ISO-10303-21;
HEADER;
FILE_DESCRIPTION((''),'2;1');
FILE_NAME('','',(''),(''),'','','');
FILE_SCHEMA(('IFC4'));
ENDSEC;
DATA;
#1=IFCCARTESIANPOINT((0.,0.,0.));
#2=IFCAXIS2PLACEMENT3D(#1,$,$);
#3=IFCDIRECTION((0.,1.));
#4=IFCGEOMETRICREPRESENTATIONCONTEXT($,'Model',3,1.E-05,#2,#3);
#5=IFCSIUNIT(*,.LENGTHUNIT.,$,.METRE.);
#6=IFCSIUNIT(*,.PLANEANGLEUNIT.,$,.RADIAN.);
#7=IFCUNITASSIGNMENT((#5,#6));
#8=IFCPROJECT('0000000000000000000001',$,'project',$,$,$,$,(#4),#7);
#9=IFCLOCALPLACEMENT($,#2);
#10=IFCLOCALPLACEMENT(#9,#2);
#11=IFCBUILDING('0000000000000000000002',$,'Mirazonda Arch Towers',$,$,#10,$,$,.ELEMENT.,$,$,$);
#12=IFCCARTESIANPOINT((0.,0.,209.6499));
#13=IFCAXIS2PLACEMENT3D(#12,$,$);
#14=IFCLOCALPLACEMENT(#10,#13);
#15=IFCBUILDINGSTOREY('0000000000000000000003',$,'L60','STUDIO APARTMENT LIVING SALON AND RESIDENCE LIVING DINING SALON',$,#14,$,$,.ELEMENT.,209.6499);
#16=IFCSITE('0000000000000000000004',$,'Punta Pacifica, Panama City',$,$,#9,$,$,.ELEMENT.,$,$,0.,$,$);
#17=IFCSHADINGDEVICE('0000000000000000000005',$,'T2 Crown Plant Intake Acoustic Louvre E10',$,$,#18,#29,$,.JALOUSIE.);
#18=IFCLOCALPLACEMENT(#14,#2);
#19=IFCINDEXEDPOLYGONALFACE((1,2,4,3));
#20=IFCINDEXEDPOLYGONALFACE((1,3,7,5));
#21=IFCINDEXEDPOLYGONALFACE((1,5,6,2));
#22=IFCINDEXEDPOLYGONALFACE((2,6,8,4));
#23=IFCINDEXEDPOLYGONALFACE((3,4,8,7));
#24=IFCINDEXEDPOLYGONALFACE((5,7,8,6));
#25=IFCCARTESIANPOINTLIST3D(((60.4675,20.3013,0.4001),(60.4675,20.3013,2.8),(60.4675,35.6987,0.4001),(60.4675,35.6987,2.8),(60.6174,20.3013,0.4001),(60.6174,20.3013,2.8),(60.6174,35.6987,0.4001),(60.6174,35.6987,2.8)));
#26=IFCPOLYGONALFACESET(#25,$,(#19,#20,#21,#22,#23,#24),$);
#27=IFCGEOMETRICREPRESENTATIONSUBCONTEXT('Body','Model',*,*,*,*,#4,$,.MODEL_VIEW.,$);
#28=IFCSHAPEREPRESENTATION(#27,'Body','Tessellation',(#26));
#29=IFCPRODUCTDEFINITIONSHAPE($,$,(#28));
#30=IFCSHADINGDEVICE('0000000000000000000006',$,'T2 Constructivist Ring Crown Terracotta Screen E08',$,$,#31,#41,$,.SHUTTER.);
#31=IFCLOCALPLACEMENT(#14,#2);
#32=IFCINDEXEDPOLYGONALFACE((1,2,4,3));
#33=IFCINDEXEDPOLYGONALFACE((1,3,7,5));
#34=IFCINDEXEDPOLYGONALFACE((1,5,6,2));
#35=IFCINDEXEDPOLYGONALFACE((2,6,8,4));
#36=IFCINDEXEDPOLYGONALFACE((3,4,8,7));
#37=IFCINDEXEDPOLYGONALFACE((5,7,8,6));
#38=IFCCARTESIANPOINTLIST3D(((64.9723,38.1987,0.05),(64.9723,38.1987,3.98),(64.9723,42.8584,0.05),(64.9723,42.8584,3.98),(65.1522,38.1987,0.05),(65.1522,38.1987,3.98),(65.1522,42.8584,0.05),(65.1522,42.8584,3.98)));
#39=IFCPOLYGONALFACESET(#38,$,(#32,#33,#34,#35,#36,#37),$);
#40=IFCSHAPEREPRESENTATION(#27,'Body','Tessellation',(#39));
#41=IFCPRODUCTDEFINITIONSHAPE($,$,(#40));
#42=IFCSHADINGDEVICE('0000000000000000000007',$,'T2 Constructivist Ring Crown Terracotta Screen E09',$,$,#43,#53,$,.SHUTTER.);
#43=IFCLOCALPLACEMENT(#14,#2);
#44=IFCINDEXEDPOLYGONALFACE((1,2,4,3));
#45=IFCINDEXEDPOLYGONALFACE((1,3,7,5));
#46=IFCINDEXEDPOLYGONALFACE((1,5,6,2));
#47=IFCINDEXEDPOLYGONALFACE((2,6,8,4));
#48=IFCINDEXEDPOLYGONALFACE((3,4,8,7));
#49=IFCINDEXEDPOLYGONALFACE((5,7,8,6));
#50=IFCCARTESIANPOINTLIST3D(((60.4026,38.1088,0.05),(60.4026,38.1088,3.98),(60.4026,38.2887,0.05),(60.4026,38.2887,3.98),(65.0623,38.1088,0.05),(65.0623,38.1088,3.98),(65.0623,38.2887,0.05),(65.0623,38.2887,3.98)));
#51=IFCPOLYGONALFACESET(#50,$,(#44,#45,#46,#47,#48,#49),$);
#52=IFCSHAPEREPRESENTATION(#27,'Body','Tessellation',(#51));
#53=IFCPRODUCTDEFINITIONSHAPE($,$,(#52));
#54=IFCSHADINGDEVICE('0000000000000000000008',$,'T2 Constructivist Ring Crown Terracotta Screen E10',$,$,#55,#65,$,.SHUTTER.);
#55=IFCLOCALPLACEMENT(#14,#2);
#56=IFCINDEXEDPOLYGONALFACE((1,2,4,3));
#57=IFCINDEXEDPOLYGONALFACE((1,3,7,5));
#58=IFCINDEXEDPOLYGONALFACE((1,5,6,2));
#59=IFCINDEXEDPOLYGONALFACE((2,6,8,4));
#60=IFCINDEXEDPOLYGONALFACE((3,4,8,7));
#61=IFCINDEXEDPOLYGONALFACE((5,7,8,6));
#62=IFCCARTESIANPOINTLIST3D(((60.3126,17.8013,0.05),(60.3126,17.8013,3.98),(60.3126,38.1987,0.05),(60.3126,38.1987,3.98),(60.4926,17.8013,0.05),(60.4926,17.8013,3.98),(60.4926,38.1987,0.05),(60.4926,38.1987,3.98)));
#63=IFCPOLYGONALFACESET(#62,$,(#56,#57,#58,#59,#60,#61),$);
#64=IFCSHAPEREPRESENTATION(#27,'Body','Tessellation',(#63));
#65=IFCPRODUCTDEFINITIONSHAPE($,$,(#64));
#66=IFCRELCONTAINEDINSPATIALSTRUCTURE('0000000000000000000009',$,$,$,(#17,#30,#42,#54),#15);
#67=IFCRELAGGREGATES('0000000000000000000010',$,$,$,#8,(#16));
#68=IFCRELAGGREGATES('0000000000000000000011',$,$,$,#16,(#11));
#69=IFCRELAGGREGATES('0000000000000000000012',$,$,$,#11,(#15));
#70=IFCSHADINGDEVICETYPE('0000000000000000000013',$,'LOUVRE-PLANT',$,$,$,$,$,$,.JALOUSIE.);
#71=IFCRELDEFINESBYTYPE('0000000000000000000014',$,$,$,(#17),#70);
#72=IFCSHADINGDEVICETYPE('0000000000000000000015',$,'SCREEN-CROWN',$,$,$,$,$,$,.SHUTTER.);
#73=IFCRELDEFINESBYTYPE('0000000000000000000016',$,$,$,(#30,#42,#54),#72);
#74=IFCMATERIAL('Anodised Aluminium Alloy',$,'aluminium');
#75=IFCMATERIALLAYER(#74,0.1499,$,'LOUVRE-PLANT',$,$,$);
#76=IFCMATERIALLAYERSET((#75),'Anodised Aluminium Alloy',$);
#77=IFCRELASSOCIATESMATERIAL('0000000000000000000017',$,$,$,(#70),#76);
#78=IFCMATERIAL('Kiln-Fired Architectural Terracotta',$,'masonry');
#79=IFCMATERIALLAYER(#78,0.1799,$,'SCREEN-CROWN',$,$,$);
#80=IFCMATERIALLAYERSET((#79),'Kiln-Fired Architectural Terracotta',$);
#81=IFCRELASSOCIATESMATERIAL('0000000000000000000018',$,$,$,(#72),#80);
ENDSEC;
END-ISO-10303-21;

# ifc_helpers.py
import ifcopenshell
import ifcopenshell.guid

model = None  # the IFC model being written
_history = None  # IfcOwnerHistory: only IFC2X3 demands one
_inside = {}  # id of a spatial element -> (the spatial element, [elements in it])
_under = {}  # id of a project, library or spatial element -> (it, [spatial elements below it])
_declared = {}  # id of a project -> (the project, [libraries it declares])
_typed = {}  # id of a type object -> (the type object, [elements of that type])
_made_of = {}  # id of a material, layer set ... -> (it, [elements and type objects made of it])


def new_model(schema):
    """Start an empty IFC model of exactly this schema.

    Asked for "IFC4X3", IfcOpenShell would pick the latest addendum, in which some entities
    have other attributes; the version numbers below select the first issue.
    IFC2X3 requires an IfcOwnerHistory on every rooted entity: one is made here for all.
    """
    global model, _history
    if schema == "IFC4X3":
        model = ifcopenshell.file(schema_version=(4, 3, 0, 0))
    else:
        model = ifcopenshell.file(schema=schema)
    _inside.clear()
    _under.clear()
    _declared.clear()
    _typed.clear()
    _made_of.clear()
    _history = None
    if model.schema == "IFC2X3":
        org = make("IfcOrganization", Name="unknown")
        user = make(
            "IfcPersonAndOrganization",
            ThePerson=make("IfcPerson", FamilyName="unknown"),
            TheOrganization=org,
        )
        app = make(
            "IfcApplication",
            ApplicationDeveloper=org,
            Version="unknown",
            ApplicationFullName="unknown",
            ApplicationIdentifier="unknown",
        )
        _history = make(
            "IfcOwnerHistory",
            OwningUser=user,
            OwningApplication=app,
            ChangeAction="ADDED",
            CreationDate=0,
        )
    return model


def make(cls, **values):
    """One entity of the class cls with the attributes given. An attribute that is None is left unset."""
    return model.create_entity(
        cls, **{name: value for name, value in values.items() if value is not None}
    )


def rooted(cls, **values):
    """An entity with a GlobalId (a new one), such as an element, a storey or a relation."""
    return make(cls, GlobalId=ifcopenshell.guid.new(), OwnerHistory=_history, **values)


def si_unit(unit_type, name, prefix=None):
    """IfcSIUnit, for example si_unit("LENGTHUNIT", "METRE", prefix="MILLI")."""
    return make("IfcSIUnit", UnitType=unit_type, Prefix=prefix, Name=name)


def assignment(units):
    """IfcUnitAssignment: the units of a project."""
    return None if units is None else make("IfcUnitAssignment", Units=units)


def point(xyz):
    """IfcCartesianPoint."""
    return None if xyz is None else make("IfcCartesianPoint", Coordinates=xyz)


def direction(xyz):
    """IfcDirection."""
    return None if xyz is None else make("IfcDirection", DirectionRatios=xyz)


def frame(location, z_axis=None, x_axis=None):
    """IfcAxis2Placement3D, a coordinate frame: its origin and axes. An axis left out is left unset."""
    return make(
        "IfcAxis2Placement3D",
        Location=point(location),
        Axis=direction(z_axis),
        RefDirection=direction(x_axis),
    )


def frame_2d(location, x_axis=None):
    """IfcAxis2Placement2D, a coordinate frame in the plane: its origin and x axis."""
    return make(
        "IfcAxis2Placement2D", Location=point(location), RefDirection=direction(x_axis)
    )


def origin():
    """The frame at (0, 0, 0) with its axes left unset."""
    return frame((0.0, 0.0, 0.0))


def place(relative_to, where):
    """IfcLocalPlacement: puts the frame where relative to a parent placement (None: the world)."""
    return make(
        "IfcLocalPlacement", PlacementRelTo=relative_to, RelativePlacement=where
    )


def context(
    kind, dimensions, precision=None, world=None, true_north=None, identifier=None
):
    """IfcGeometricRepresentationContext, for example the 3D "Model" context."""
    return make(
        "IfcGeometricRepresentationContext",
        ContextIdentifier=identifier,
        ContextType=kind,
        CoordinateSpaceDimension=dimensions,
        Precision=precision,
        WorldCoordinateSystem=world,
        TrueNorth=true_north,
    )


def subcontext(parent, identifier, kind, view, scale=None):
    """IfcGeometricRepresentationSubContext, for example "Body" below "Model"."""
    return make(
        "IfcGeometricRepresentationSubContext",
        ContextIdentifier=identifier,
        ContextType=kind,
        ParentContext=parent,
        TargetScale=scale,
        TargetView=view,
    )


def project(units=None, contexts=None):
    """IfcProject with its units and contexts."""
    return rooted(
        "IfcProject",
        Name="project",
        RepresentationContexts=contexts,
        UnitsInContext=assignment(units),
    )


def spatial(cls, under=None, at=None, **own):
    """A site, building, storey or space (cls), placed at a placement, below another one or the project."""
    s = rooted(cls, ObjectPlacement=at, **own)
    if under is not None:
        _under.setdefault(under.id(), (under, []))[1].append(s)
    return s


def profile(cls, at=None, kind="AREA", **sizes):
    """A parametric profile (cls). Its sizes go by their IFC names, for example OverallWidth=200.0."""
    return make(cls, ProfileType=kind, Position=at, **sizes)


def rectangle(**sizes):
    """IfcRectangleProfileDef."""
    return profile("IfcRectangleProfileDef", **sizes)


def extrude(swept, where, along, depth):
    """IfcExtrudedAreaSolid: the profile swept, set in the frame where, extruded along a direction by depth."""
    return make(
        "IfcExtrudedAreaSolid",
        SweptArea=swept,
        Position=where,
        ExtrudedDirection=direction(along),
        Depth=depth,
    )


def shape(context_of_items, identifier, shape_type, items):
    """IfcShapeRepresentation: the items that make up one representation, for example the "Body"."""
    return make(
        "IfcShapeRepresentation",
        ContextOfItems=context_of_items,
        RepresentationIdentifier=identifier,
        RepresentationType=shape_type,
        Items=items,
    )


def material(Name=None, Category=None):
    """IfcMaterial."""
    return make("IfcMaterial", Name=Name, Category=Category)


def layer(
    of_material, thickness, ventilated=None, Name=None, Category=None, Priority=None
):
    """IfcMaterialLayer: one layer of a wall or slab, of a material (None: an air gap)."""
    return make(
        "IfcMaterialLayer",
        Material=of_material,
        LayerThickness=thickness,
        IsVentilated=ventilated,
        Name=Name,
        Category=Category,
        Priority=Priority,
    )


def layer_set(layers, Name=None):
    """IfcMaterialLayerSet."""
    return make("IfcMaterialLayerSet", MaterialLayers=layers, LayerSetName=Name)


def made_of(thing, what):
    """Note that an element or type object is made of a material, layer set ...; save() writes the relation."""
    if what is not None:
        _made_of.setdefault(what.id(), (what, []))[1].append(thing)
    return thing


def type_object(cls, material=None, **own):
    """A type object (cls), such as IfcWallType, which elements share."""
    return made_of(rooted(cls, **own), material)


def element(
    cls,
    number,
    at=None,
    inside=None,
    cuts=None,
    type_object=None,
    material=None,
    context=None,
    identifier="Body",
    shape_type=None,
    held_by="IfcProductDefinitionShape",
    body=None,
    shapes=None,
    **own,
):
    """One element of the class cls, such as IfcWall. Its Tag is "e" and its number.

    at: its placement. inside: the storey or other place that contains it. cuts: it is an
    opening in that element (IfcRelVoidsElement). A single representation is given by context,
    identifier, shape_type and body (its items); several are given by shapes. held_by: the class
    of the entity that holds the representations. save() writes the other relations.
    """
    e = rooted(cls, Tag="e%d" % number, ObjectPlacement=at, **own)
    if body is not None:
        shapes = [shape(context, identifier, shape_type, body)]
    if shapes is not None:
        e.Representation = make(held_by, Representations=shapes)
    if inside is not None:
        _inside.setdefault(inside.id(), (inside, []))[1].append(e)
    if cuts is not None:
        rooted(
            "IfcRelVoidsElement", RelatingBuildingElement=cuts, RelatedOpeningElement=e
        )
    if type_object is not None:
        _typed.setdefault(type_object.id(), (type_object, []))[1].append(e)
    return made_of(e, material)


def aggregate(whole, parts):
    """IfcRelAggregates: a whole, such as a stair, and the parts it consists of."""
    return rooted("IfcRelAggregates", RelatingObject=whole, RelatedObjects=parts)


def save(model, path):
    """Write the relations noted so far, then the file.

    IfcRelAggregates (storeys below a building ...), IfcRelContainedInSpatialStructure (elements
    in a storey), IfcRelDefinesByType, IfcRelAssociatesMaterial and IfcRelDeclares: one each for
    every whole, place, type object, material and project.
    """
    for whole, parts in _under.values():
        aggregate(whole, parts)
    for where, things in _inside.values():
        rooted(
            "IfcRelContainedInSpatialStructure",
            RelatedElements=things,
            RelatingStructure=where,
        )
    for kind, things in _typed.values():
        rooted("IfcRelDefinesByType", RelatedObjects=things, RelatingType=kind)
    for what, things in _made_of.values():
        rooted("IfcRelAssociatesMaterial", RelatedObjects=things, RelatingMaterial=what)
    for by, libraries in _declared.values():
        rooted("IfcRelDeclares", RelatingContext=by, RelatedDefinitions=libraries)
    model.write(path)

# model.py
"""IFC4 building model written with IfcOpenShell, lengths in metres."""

from ifc_helpers import new_model, si_unit, direction, frame, frame_2d, origin, place, context, subcontext, project, spatial, rectangle, extrude, material, layer, layer_set, type_object, element, save


model = new_model("IFC4")

# Units and contexts
model_context = context("Model", 3, precision=1e-05, world=origin(), true_north=direction((0.0, 1.0)))
body_context = subcontext(model_context, "Body", "Model", "MODEL_VIEW")
ifc_project = project(units=[si_unit("LENGTHUNIT", "METRE"), si_unit("PLANEANGLEUNIT", "RADIAN")], contexts=[model_context])

# Site, building, storey
site_placement = place(None, origin())
site = spatial("IfcSite", under=ifc_project, at=site_placement, Name="Punta Pacifica, Panama City", CompositionType="ELEMENT", RefElevation=0.0)
building_placement = place(site_placement, origin())
building = spatial("IfcBuilding", under=site, at=building_placement, Name="Mirazonda Arch Towers", CompositionType="ELEMENT")
storey_placement = place(building_placement, frame((0.0, 0.0, 209.6499)))
storey = spatial("IfcBuildingStorey", under=building, at=storey_placement, Name="L60", Description="STUDIO APARTMENT LIVING SALON AND RESIDENCE LIVING DINING SALON", CompositionType="ELEMENT", Elevation=209.6499)

# Shading devices
ifc_material_1 = material(Name="Anodised Aluminium Alloy", Category="aluminium")
ifc_layer_1 = layer(ifc_material_1, 0.1499, Name="LOUVRE-PLANT")
ifc_layer_set_1 = layer_set([ifc_layer_1], Name="Anodised Aluminium Alloy")
shading_device_type_1 = type_object("IfcShadingDeviceType", Name="LOUVRE-PLANT", PredefinedType="JALOUSIE", material=ifc_layer_set_1)
shading_device_1_placement = place(storey_placement, frame((60.5425, 35.6987, 0.4001), z_axis=(0.0, 0.0, 1.0), x_axis=(0.0, -1.0, 0.0)))
element("IfcShadingDevice", 1, at=shading_device_1_placement, inside=storey, type_object=shading_device_type_1, Name="T2 Crown Plant Intake Acoustic Louvre E10", PredefinedType="JALOUSIE", context=body_context, shape_type="SweptSolid", body=[
    extrude(rectangle(XDim=15.3975, YDim=0.1499, at=frame_2d((7.6987, 0.0))), origin(), (0.0, 0.0, 1.0), 2.3999),
])
ifc_material_2 = material(Name="Kiln-Fired Architectural Terracotta", Category="masonry")
ifc_layer_2 = layer(ifc_material_2, 0.1799, Name="SCREEN-CROWN")
ifc_layer_set_2 = layer_set([ifc_layer_2], Name="Kiln-Fired Architectural Terracotta")
shading_device_type_2 = type_object("IfcShadingDeviceType", Name="SCREEN-CROWN", PredefinedType="SHUTTER", material=ifc_layer_set_2)
for number, where, z_axis, x_axis, name in (
    (2, (65.0623, 42.8584, 0.05), (0.0, 0.0, 1.0), (0.0, -1.0, 0.0), "T2 Constructivist Ring Crown Terracotta Screen E08"),
    (3, (65.0623, 38.1987, 0.05), (0.0, 0.0, 1.0), (-1.0, 0.0, 0.0), "T2 Constructivist Ring Crown Terracotta Screen E09"),
):
    element("IfcShadingDevice", number, at=place(storey_placement, frame(where, z_axis=z_axis, x_axis=x_axis)), inside=storey, type_object=shading_device_type_2, Name=name, PredefinedType="SHUTTER", context=body_context, shape_type="SweptSolid", body=[
        extrude(rectangle(XDim=4.6597, YDim=0.1799, at=frame_2d((2.3298, 0.0))), origin(), (0.0, 0.0, 1.0), 3.9299),
    ])
shading_device_2_placement = place(storey_placement, frame((60.4026, 38.1987, 0.05), z_axis=(0.0, 0.0, 1.0), x_axis=(0.0, -1.0, 0.0)))
element("IfcShadingDevice", 4, at=shading_device_2_placement, inside=storey, type_object=shading_device_type_2, Name="T2 Constructivist Ring Crown Terracotta Screen E10", PredefinedType="SHUTTER", context=body_context, shape_type="SweptSolid", body=[
    extrude(rectangle(XDim=20.3975, YDim=0.1799, at=frame_2d((10.1987, 0.0))), origin(), (0.0, 0.0, 1.0), 3.9299),
])

save(model, "model.ifc")
